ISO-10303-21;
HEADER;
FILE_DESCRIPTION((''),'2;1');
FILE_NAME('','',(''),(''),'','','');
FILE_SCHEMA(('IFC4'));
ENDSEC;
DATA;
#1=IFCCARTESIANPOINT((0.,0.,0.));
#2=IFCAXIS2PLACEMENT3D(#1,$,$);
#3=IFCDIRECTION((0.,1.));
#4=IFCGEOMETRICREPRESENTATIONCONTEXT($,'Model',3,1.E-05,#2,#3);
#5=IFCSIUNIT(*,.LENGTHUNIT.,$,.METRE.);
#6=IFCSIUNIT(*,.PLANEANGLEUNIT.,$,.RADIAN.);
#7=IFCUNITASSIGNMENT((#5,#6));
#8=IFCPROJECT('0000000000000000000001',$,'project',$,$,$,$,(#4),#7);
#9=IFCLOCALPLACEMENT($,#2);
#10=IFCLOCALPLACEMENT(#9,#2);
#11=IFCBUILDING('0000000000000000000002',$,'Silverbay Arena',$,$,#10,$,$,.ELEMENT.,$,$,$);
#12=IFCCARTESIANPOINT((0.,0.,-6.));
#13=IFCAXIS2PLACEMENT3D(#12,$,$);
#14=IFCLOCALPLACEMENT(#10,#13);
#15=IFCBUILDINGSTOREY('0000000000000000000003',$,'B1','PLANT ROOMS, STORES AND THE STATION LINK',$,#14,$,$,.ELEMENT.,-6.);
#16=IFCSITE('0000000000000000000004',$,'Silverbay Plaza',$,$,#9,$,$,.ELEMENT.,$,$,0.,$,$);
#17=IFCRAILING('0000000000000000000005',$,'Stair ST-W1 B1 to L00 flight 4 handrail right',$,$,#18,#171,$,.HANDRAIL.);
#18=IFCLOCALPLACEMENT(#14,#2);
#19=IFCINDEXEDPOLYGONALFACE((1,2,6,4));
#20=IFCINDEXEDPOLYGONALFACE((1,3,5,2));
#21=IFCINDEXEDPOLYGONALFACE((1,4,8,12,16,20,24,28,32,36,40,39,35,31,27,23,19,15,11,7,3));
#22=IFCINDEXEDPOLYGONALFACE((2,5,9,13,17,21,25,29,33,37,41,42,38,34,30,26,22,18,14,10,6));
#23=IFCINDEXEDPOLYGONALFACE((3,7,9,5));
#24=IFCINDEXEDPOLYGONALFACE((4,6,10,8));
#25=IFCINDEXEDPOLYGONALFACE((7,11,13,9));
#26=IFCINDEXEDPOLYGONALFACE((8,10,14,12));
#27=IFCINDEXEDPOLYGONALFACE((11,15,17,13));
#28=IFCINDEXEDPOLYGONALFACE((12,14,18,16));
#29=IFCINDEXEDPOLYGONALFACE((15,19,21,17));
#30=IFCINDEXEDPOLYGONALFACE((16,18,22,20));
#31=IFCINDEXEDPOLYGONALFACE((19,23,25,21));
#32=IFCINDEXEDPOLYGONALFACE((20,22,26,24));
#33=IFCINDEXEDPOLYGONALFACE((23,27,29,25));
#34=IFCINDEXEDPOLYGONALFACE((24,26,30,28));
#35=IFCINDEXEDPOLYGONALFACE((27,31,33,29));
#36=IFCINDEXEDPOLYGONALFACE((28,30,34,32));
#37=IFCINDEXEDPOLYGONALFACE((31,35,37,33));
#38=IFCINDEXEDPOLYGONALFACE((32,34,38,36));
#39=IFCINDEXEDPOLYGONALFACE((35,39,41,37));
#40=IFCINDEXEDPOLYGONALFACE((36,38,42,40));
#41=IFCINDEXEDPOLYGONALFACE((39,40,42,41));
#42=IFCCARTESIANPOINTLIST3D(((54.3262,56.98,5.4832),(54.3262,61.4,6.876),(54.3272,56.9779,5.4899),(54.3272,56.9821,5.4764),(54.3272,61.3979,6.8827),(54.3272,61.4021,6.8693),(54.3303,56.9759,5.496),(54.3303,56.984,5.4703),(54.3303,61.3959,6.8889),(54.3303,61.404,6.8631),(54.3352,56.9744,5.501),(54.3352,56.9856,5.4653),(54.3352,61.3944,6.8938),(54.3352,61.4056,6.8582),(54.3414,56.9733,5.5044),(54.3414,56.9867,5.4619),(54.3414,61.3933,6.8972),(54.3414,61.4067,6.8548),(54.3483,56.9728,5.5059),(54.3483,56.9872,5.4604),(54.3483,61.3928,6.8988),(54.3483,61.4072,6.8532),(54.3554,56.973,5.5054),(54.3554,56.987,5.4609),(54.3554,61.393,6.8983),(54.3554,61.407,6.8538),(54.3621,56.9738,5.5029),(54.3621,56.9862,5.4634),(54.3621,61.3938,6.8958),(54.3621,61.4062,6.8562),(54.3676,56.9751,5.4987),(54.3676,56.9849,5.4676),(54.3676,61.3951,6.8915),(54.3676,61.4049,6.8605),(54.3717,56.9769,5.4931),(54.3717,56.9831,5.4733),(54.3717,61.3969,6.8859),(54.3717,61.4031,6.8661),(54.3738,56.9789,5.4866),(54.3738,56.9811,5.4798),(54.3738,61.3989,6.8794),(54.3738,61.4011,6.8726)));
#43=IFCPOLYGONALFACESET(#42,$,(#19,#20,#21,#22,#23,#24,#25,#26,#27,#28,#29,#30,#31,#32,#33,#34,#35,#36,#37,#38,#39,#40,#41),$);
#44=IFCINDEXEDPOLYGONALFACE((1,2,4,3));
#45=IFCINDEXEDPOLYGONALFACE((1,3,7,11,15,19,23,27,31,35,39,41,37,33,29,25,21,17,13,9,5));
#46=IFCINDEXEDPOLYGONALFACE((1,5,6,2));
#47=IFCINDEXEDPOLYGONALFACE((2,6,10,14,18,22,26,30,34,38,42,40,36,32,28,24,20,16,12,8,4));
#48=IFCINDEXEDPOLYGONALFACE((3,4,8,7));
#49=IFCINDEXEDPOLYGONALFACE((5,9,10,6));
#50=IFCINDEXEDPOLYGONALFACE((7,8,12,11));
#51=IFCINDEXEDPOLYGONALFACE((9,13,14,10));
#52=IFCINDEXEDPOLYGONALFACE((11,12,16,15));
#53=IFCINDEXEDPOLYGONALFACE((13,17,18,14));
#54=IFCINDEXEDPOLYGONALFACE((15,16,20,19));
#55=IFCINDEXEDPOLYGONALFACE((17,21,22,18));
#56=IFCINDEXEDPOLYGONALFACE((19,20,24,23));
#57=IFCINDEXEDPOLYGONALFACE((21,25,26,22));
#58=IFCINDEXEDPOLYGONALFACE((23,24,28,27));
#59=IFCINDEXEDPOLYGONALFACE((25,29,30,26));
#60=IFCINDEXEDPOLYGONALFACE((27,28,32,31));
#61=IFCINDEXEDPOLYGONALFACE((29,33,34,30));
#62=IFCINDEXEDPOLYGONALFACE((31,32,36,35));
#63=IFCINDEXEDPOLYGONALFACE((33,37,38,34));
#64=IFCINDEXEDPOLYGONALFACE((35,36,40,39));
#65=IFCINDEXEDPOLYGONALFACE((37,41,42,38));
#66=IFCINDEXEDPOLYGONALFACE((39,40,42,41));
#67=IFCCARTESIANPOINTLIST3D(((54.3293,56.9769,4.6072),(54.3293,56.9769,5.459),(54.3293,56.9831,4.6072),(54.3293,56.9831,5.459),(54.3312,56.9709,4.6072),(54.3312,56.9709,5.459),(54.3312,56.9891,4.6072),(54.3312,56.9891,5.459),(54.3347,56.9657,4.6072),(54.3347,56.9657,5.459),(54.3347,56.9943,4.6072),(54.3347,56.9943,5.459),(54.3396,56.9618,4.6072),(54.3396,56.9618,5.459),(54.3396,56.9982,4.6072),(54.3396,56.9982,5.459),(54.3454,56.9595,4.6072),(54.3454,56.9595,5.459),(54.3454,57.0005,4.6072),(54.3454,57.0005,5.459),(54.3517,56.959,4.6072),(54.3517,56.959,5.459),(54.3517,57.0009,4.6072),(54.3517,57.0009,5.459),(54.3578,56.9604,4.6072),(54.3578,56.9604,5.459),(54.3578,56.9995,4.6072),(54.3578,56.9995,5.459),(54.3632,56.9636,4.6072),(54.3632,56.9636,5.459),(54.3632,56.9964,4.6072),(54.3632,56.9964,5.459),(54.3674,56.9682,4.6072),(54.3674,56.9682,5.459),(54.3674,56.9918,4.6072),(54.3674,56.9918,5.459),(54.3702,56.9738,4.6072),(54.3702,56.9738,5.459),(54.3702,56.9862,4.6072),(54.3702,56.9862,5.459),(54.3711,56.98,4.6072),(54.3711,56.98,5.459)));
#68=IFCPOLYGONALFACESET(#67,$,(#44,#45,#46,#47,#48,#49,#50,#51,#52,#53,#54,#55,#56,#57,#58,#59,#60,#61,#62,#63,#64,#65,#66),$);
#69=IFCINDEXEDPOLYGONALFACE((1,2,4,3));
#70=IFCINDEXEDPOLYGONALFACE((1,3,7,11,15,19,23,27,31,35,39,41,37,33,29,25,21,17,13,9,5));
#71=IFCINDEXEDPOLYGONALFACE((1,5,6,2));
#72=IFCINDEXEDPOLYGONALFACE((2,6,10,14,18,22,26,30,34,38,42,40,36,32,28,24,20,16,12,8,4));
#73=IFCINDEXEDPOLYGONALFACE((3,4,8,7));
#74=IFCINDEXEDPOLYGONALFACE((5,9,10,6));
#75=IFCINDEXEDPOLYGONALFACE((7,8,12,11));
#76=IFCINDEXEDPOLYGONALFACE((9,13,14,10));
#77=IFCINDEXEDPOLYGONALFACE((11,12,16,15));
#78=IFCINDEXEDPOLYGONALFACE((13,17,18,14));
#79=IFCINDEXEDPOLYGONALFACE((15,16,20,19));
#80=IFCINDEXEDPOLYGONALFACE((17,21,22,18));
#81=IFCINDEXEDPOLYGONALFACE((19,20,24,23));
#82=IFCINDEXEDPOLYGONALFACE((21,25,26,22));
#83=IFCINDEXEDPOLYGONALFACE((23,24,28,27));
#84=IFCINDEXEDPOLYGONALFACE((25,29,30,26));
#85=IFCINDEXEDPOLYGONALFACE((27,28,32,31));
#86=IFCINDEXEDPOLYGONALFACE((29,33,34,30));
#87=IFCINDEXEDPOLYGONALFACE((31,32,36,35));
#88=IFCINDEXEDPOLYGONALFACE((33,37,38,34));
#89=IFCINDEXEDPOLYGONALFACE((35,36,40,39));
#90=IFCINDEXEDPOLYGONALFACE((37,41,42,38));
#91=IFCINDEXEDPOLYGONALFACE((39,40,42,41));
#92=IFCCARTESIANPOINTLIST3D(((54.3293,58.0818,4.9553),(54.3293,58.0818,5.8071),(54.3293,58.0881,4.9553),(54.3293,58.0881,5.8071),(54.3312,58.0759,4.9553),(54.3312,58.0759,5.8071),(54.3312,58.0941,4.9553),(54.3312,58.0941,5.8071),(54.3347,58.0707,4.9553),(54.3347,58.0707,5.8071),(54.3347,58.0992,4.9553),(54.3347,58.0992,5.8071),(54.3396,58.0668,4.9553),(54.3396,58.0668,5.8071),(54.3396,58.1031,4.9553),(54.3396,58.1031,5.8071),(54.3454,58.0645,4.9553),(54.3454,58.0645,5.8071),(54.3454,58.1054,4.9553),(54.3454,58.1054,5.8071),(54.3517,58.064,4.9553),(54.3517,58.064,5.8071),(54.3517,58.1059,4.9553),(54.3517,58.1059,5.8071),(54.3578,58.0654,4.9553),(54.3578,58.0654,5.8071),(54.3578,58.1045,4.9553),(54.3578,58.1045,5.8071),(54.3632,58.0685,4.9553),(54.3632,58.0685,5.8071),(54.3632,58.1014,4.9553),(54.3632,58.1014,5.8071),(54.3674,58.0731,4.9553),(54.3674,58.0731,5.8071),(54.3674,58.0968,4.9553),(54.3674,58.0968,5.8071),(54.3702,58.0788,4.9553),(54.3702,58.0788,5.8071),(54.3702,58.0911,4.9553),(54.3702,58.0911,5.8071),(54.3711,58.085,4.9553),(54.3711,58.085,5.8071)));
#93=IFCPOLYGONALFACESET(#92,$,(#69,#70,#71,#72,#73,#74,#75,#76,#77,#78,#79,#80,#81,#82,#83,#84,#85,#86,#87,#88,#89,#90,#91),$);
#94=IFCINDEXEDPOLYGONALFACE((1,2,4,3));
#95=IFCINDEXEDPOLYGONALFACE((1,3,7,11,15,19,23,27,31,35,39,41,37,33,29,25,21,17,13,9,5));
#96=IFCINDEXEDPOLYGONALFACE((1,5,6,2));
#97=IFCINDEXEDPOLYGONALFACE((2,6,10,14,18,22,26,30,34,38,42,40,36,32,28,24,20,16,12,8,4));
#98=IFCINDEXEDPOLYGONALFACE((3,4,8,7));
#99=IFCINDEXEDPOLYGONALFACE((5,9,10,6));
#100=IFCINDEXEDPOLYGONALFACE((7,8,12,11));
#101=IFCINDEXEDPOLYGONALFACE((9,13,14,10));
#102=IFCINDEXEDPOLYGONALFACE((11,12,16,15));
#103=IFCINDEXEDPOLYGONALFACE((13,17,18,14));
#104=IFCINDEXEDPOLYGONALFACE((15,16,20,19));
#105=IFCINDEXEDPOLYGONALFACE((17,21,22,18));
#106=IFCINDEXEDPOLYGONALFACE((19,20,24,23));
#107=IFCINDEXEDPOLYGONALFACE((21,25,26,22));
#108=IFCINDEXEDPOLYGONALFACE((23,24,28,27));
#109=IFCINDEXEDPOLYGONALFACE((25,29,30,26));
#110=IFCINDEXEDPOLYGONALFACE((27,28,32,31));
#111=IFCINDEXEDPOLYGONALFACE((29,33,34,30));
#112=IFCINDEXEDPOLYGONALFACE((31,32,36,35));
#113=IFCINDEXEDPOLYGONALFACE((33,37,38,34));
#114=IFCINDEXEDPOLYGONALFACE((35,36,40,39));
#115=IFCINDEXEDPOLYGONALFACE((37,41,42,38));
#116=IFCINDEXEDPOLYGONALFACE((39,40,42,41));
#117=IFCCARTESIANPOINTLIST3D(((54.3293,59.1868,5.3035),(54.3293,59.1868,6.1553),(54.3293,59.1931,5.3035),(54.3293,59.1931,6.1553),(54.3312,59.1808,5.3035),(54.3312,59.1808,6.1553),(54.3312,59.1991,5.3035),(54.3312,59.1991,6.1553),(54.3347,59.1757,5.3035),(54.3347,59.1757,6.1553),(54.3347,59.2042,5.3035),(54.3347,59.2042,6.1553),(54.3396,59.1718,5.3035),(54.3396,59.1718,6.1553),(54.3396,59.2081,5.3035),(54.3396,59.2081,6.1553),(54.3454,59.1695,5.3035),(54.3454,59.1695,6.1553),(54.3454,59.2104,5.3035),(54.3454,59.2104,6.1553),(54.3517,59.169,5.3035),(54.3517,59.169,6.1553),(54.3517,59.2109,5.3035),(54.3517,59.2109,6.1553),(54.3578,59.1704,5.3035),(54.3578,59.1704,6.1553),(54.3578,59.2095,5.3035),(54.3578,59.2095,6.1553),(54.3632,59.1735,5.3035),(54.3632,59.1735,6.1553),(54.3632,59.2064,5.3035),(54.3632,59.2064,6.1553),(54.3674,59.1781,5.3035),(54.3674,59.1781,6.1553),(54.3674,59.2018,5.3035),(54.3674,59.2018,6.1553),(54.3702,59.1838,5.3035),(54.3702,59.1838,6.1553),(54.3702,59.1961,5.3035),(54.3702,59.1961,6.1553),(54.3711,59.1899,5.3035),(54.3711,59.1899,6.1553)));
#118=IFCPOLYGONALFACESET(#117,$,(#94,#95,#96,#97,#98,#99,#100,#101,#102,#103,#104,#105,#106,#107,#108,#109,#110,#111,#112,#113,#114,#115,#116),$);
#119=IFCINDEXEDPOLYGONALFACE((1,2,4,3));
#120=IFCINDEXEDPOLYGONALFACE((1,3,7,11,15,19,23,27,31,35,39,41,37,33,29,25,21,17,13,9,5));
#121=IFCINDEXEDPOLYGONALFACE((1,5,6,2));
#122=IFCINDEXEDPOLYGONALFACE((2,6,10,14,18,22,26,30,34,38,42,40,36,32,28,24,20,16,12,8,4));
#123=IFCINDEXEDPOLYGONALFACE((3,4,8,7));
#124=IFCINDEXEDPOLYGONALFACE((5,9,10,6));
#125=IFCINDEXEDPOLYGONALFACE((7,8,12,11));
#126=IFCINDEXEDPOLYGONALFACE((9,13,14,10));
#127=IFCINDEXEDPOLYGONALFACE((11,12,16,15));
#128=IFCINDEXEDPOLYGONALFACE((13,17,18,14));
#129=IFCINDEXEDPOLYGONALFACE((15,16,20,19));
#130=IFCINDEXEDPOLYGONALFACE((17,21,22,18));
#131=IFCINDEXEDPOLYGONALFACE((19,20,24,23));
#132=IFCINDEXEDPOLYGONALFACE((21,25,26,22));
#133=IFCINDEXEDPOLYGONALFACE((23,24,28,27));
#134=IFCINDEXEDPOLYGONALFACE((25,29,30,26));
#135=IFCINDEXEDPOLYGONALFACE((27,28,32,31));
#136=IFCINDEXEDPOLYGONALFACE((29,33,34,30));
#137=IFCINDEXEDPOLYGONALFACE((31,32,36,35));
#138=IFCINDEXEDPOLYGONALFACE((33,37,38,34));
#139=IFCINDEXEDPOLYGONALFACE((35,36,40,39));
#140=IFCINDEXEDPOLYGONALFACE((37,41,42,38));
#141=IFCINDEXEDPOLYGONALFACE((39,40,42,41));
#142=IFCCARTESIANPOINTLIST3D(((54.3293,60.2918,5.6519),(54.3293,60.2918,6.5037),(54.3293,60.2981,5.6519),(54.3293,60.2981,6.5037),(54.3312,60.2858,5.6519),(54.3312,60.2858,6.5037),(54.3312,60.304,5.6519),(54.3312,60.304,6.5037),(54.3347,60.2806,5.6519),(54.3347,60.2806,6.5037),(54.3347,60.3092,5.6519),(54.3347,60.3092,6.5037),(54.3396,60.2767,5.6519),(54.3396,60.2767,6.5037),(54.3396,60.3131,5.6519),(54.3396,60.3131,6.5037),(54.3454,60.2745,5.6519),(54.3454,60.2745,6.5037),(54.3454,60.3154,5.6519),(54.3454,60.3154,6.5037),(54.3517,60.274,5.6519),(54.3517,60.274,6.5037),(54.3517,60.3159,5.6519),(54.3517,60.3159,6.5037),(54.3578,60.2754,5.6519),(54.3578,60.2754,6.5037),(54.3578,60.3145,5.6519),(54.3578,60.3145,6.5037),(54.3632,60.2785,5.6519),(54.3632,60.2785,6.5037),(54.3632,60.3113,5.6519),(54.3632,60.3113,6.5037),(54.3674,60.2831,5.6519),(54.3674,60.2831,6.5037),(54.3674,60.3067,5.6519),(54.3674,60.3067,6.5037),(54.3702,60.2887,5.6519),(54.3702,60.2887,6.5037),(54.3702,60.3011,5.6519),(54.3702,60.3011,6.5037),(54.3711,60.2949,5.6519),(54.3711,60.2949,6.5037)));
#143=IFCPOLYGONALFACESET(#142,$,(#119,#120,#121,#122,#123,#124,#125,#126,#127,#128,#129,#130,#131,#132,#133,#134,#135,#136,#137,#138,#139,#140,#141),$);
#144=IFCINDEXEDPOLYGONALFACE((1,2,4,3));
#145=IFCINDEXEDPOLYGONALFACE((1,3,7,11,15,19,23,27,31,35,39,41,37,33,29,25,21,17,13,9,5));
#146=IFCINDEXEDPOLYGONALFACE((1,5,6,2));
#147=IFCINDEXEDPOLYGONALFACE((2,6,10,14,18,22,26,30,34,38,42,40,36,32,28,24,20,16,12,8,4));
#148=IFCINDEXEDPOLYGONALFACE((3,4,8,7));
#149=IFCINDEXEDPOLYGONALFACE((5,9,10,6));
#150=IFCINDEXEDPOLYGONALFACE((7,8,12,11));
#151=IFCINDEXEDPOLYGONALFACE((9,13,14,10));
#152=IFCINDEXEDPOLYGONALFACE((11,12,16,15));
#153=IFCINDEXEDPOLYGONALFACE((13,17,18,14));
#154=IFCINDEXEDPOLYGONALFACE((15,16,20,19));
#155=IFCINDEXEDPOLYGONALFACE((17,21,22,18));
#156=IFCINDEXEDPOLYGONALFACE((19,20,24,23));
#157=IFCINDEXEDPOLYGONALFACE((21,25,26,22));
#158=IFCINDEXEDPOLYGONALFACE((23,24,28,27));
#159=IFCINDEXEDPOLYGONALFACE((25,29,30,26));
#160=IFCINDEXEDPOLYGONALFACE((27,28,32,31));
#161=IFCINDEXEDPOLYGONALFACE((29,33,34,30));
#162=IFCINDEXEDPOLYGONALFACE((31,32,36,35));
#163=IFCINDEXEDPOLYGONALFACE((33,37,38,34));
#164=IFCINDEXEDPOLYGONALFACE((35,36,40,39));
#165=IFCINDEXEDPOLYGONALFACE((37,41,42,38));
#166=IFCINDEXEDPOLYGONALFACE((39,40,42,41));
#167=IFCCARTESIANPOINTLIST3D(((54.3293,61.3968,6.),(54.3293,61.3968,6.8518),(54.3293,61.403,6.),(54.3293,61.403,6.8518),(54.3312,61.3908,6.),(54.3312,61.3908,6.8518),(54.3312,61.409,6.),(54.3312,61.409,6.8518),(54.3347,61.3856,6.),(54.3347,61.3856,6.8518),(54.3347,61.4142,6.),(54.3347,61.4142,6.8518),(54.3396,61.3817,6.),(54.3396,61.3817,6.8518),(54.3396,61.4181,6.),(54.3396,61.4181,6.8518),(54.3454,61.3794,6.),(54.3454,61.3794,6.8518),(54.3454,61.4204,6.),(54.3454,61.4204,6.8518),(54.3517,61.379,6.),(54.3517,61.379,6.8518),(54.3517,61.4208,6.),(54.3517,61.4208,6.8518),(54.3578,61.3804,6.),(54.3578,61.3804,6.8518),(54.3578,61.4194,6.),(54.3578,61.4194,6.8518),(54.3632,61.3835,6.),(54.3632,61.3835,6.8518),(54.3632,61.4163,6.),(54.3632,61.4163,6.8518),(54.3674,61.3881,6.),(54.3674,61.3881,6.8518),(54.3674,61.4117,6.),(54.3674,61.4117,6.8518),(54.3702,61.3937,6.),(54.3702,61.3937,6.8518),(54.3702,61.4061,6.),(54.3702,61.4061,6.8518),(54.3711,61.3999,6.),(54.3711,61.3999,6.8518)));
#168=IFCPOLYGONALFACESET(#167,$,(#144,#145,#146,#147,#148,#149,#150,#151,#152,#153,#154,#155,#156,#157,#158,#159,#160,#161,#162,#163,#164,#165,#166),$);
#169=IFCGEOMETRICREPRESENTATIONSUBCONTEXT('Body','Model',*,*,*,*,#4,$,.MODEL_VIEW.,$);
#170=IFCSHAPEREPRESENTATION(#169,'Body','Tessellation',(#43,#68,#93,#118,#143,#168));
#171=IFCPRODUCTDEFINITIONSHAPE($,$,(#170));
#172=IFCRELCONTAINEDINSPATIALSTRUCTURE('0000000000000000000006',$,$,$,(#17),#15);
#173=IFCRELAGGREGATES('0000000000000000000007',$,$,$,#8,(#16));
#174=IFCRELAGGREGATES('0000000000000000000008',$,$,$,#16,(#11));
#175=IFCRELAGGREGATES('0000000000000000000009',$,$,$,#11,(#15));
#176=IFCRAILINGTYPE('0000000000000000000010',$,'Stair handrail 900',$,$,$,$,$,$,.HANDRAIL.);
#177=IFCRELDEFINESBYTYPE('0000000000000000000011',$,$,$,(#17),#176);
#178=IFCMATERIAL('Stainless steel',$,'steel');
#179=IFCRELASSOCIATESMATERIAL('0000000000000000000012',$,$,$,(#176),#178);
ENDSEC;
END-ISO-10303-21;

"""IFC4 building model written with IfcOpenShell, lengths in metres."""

from ifc_helpers import new_model, si_unit, direction, frame, origin, origin_2d, place, context, subcontext, project, spatial, circle, extrude, material, type_object, element, save


model = new_model("IFC4")

# Units and contexts
model_context = context("Model", 3, precision=1e-05, world=origin(), true_north=direction((0.0, 1.0)))
body_context = subcontext(model_context, "Body", "Model", "MODEL_VIEW")
ifc_project = project(units=[si_unit("LENGTHUNIT", "METRE"), si_unit("PLANEANGLEUNIT", "RADIAN")], contexts=[model_context])

# Site, building, storey
site_placement = place(None, origin())
site = spatial("IfcSite", under=ifc_project, at=site_placement, Name="Silverbay Plaza", CompositionType="ELEMENT", RefElevation=0.0)
building_placement = place(site_placement, origin())
building = spatial("IfcBuilding", under=site, at=building_placement, Name="Silverbay Arena", CompositionType="ELEMENT")
storey_placement = place(building_placement, frame((0.0, 0.0, -6.0)))
storey = spatial("IfcBuildingStorey", under=building, at=storey_placement, Name="B1", Description="PLANT ROOMS, STORES AND THE STATION LINK", CompositionType="ELEMENT", Elevation=-6.0)

# Railing
ifc_material_1 = material(Name="Stainless steel", Category="steel")
railing_type = type_object("IfcRailingType", Name="Stair handrail 900", PredefinedType="HANDRAIL", material=ifc_material_1)
railing_1_placement = place(storey_placement, frame((54.3501, 56.98, 4.6072)))
element("IfcRailing", 1, at=railing_1_placement, inside=storey, type_object=railing_type, Name="Stair ST-W1 B1 to L00 flight 4 handrail right", PredefinedType="HANDRAIL", context=body_context, shape_type="SweptSolid", body=[
    extrude(circle(Radius=0.0239, at=origin_2d()), frame((0.0, 0.0, 0.876), z_axis=(0.0, 0.953765, 0.300554), x_axis=(-1.0, 0.0, 0.0)), (0.0, 0.0, 1.0), 4.6343),
    extrude(circle(Radius=0.021, at=origin_2d()), origin(), (0.0, 0.0, 1.0), 0.8518),
    extrude(circle(Radius=0.021, at=origin_2d()), frame((0.0, 1.105, 0.3481)), (0.0, 0.0, 1.0), 0.8518),
    extrude(circle(Radius=0.021, at=origin_2d()), frame((0.0, 2.21, 0.6963)), (0.0, 0.0, 1.0), 0.8518),
    extrude(circle(Radius=0.021, at=origin_2d()), frame((0.0, 3.3149, 1.0447)), (0.0, 0.0, 1.0), 0.8518),
    extrude(circle(Radius=0.021, at=origin_2d()), frame((0.0, 4.4199, 1.3928)), (0.0, 0.0, 1.0), 0.8518),
])

save(model, "model.ifc")
